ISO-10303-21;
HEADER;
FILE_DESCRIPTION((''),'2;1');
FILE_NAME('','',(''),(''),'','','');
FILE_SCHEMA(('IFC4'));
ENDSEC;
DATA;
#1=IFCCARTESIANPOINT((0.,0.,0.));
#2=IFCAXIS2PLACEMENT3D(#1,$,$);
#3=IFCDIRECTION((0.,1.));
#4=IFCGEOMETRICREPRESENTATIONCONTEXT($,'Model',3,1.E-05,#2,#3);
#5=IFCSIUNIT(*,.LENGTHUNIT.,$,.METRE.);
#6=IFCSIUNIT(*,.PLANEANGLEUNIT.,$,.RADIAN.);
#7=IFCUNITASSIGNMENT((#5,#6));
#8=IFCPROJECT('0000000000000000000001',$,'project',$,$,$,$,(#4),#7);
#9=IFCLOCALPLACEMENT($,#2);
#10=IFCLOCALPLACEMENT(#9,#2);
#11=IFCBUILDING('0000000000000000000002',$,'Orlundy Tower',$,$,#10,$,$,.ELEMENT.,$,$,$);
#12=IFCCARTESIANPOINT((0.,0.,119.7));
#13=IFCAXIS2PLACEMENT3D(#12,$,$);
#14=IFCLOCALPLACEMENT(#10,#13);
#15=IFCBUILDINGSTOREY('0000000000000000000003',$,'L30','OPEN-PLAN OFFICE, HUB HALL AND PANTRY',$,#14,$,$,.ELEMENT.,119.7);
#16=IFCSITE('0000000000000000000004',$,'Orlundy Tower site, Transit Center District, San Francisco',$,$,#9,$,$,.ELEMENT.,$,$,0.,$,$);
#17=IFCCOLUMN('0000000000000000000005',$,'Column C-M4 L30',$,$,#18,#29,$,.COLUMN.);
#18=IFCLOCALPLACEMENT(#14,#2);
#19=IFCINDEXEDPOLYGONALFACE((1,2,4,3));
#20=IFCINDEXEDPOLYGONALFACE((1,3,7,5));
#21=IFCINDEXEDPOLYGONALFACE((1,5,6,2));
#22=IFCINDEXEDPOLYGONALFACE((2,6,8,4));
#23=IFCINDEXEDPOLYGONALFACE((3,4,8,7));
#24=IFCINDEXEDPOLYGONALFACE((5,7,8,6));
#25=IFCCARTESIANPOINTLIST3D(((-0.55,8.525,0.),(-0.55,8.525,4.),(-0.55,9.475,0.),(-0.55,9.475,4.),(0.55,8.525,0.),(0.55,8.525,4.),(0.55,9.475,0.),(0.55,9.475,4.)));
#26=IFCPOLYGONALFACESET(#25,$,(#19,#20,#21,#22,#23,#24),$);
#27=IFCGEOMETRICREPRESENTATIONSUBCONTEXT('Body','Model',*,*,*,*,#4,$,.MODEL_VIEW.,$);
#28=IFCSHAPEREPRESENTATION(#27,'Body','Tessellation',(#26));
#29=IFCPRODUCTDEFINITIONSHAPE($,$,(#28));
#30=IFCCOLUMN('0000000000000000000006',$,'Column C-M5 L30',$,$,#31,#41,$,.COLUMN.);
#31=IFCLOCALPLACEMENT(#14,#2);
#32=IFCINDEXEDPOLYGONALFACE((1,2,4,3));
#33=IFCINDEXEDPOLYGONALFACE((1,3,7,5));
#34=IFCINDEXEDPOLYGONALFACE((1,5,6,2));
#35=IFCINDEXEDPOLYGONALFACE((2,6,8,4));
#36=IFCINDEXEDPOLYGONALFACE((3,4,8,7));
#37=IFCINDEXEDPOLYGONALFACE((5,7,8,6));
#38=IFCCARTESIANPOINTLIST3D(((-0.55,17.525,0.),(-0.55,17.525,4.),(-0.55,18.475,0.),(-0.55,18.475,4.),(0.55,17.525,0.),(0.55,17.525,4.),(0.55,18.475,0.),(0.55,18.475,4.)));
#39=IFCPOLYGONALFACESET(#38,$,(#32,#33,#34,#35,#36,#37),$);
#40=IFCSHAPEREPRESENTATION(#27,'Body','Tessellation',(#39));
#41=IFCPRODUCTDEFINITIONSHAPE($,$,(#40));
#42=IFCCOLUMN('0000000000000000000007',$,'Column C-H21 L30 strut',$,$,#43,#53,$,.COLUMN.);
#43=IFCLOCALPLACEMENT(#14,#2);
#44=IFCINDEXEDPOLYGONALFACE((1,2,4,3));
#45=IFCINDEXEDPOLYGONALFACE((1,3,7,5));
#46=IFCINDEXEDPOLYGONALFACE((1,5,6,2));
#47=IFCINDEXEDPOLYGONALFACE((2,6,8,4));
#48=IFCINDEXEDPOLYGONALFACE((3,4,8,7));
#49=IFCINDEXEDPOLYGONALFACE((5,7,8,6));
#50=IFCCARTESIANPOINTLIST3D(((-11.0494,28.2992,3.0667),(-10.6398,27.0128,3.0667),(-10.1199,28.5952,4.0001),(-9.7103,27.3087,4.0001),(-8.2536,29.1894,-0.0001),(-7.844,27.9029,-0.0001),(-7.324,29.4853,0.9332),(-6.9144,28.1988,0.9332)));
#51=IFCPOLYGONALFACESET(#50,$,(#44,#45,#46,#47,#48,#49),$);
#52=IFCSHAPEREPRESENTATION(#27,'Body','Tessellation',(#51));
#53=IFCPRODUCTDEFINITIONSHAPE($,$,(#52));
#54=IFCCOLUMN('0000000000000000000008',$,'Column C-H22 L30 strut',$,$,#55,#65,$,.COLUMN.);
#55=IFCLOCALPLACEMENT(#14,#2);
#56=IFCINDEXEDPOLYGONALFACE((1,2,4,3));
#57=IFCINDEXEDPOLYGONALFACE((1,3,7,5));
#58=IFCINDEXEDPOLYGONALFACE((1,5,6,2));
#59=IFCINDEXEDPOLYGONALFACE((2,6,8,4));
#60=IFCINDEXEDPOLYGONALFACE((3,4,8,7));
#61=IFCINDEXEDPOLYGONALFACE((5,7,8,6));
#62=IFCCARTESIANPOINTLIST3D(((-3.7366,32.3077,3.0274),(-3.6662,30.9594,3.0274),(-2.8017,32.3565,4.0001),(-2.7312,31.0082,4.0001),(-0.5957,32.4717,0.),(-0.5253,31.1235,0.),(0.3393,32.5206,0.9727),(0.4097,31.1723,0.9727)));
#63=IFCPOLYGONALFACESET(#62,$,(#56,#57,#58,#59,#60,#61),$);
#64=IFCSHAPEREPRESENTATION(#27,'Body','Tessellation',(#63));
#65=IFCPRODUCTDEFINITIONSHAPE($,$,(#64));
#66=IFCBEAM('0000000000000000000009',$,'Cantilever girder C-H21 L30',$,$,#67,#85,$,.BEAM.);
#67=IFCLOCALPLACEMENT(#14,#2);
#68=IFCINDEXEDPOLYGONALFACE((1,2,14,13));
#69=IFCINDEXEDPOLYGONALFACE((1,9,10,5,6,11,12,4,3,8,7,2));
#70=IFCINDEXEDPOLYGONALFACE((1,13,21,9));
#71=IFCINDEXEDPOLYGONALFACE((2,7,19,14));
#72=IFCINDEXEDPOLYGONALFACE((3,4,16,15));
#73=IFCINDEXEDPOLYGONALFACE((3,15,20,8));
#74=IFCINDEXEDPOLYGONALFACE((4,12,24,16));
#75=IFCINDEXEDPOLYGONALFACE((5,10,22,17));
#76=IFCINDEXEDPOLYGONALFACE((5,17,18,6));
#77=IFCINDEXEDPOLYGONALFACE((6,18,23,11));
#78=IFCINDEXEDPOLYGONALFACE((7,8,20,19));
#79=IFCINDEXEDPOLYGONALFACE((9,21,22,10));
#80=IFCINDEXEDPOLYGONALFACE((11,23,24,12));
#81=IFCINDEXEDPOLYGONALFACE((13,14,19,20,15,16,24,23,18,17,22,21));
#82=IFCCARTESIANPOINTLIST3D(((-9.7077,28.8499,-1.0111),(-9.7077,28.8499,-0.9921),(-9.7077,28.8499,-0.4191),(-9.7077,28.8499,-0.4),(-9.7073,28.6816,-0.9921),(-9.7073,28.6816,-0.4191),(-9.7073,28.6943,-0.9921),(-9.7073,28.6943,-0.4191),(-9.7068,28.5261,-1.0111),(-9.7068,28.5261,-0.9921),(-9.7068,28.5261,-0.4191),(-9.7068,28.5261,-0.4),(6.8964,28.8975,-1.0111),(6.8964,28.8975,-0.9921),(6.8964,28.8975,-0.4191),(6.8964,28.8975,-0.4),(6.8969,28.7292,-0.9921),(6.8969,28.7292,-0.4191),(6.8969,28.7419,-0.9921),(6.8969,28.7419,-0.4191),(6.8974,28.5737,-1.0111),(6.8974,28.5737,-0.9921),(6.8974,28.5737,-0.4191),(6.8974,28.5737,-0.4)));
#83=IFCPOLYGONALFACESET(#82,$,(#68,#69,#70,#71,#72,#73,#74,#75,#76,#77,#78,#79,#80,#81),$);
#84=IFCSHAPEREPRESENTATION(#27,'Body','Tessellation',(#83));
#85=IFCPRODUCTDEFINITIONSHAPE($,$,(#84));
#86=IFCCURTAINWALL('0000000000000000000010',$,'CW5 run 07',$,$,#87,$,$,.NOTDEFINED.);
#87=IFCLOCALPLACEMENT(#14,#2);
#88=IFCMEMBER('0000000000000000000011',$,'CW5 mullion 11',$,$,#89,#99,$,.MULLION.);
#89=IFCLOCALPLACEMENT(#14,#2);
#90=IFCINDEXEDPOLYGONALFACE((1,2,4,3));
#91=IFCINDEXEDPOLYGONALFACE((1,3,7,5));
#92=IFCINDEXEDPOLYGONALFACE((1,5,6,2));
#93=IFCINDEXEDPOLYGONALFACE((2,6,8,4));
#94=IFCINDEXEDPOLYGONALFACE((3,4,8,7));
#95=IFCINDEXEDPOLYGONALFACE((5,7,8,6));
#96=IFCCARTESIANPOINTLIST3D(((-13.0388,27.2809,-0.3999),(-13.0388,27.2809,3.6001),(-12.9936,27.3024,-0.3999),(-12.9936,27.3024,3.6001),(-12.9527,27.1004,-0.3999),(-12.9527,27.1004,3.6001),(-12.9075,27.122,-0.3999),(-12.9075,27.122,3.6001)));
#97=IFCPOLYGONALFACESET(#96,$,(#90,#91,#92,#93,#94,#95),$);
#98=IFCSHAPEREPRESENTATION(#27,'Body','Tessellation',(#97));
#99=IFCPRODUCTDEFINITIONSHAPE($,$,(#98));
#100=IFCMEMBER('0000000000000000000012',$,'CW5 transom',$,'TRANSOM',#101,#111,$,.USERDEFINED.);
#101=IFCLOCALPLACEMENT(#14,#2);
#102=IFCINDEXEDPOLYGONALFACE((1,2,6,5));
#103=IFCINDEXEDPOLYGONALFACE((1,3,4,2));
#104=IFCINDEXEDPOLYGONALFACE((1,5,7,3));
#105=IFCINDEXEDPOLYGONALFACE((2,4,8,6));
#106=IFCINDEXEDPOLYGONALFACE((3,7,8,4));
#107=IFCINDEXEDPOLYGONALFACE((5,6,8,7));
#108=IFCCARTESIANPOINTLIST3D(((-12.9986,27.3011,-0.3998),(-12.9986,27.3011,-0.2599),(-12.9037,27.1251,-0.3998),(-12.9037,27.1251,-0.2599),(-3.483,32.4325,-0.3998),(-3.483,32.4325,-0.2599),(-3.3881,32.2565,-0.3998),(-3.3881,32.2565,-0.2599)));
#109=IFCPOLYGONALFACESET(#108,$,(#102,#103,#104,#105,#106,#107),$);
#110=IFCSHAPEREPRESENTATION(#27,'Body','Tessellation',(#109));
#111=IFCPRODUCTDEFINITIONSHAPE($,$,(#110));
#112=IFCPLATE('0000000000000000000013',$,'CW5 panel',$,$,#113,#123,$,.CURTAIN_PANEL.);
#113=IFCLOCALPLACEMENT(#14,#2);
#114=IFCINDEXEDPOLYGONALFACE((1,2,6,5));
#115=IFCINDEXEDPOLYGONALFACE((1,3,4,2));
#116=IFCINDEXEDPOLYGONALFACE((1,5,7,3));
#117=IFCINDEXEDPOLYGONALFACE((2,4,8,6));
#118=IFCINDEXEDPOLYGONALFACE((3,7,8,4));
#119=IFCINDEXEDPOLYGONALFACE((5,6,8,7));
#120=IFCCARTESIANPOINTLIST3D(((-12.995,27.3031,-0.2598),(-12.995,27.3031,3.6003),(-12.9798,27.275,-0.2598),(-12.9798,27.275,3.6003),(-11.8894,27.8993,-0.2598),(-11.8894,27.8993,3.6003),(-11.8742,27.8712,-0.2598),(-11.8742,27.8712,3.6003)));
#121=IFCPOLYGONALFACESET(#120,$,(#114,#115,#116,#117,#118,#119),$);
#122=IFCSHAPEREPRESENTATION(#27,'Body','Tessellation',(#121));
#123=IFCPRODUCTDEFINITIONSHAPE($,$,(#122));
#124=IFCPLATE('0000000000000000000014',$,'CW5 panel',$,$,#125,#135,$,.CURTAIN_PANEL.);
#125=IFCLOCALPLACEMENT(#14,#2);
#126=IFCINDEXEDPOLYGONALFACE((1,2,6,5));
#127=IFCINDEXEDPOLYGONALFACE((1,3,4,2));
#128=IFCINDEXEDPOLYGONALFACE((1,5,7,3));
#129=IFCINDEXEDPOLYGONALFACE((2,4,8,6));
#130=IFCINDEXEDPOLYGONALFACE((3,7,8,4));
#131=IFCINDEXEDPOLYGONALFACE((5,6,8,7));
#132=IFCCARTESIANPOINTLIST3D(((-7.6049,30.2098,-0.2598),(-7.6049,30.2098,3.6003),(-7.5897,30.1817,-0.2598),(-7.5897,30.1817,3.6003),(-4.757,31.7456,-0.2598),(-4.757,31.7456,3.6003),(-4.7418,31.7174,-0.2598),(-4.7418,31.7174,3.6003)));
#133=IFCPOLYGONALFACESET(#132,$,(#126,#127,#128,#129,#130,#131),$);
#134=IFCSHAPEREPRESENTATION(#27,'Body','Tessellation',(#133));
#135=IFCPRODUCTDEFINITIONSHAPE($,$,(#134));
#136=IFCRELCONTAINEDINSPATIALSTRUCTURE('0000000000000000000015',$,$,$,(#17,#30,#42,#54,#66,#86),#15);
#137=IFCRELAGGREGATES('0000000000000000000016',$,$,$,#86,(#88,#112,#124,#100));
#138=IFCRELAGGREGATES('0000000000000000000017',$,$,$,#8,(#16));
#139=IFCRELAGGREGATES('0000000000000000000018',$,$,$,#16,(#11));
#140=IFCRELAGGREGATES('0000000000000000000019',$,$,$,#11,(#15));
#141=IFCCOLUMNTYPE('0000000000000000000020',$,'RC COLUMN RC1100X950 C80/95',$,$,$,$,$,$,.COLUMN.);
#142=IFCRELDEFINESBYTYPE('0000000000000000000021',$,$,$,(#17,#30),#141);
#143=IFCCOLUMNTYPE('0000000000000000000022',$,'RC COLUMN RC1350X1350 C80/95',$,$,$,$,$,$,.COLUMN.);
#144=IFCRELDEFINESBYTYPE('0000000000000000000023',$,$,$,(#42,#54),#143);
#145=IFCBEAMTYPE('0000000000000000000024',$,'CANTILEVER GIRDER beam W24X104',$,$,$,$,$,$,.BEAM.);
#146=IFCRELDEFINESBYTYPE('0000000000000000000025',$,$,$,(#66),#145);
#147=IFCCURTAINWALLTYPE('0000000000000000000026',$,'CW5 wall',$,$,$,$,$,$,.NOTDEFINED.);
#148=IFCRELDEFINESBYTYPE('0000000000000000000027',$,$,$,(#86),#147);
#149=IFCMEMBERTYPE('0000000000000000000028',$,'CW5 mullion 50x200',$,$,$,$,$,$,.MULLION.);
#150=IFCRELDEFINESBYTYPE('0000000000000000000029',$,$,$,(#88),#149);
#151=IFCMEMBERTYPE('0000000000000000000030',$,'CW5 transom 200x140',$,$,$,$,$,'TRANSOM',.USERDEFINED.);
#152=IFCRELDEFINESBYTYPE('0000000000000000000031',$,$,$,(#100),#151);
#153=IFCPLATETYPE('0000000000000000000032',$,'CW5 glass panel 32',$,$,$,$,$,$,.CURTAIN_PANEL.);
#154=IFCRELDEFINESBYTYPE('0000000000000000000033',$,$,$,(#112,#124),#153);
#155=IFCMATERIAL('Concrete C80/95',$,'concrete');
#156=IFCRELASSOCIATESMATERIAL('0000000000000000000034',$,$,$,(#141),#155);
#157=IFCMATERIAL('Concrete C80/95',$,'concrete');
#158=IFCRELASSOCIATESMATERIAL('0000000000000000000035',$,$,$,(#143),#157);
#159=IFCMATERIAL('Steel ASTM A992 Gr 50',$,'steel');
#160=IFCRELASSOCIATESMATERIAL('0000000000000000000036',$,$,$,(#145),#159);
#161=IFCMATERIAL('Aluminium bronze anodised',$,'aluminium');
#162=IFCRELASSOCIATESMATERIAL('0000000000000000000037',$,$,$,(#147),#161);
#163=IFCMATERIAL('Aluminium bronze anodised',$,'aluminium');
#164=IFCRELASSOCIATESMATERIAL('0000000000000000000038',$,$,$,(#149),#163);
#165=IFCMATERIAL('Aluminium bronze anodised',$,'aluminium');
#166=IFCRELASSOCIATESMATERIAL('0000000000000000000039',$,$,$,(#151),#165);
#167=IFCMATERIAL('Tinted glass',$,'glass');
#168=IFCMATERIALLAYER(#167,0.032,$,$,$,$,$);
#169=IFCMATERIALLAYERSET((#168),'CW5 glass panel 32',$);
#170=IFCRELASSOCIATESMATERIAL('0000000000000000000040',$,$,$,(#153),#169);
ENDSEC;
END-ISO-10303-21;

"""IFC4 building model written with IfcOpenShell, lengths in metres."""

from ifc_helpers import new_model, si_unit, direction, frame, origin, origin_2d, place, context, subcontext, project, spatial, rectangle, i_section, extrude, material, layer, layer_set, material_profile, profile_set, type_object, element, aggregate, save


model = new_model("IFC4")

# Units and contexts
model_context = context("Model", 3, precision=1e-05, world=origin(), true_north=direction((0.0, 1.0)))
body_context = subcontext(model_context, "Body", "Model", "MODEL_VIEW")
ifc_project = project(units=[si_unit("LENGTHUNIT", "METRE"), si_unit("PLANEANGLEUNIT", "RADIAN")], contexts=[model_context])

# Site, building, storey
site_placement = place(None, origin())
site = spatial("IfcSite", under=ifc_project, at=site_placement, Name="Orlundy Tower site, Transit Center District, San Francisco", CompositionType="ELEMENT", RefElevation=0.0)
building_placement = place(site_placement, origin())
building = spatial("IfcBuilding", under=site, at=building_placement, Name="Orlundy Tower", CompositionType="ELEMENT")
storey_placement = place(building_placement, frame((0.0, 0.0, 119.7)))
storey = spatial("IfcBuildingStorey", under=building, at=storey_placement, Name="L30", Description="OPEN-PLAN OFFICE, HUB HALL AND PANTRY", CompositionType="ELEMENT", Elevation=119.7)

# Columns
ifc_material_1 = material(Name="Concrete C80/95", Category="concrete")
ifc_material_profile_1 = material_profile(ifc_material_1, rectangle(XDim=1.1001, YDim=0.95, at=origin_2d()), Name="RC1100X950")
ifc_profile_set_1 = profile_set([ifc_material_profile_1], Name="Concrete C80/95")
column_type_1 = type_object("IfcColumnType", Name="RC COLUMN RC1100X950 C80/95", PredefinedType="COLUMN", material=ifc_profile_set_1)
for number, where, z_axis, x_axis, name in (
    (1, (0.0, 9.0, 0.0), (0.0, 0.0, 1.0), (1.0, 0.0, 0.0), "Column C-M4 L30"),
    (2, (0.0, 18.0, 0.0), (0.0, 0.0, 1.0), (1.0, 0.0, 0.0), "Column C-M5 L30"),
):
    element("IfcColumn", number, at=place(storey_placement, frame(where, z_axis=z_axis, x_axis=x_axis)), inside=storey, type_object=column_type_1, Name=name, PredefinedType="COLUMN", context=body_context, shape_type="SweptSolid", body=[
        extrude(rectangle(XDim=1.1001, YDim=0.95, at=origin_2d()), origin(), (0.0, 0.0, 1.0), 4.0),
    ])
ifc_material_2 = material(Name="Concrete C80/95", Category="concrete")
ifc_material_profile_2 = material_profile(ifc_material_2, rectangle(XDim=1.3501, YDim=1.3501, at=origin_2d()), Name="RC1350X1350")
ifc_profile_set_2 = profile_set([ifc_material_profile_2], Name="Concrete C80/95")
column_type_2 = type_object("IfcColumnType", Name="RC COLUMN RC1350X1350 C80/95", PredefinedType="COLUMN", material=ifc_profile_set_2)
column_1_placement = place(storey_placement, frame((-7.584, 28.6941, 0.4666), z_axis=(-0.658721, -0.209719, 0.722568), x_axis=(0.303369, -0.952873, 0.0)))
element("IfcColumn", 3, at=column_1_placement, inside=storey, type_object=column_type_2, Name="Column C-H21 L30 strut", PredefinedType="COLUMN", context=body_context, shape_type="SweptSolid", body=[
    extrude(rectangle(XDim=1.3501, YDim=1.3501, at=origin_2d()), origin(), (0.0, 0.0, 1.0), 4.2444),
])
column_2_placement = place(storey_placement, frame((-0.093, 31.822, 0.4863), z_axis=(-0.71949, -0.037582, 0.693485), x_axis=(0.052164, -0.998639, 0.0)))
element("IfcColumn", 4, at=column_2_placement, inside=storey, type_object=column_type_2, Name="Column C-H22 L30 strut", PredefinedType="COLUMN", context=body_context, shape_type="SweptSolid", body=[
    extrude(rectangle(XDim=1.3501, YDim=1.3501, at=origin_2d()), origin(), (0.0, 0.0, 1.0), 4.3655),
])

# Beam
ifc_material_3 = material(Name="Steel ASTM A992 Gr 50", Category="steel")
ifc_material_profile_3 = material_profile(ifc_material_3, i_section(OverallWidth=0.3237, OverallDepth=0.6111, WebThickness=0.0127, FlangeThickness=0.019, at=origin_2d()), Name="W24X104")
ifc_profile_set_3 = profile_set([ifc_material_profile_3], Name="Steel ASTM A992 Gr 50")
beam_type = type_object("IfcBeamType", Name="CANTILEVER GIRDER beam W24X104", PredefinedType="BEAM", material=ifc_profile_set_3)
beam_placement = place(storey_placement, frame((-9.7073, 28.688, -0.7056), z_axis=(0.999996, 0.002867, 0.0), x_axis=(-0.002867, 0.999996, 0.0)))
element("IfcBeam", 5, at=beam_placement, inside=storey, type_object=beam_type, Name="Cantilever girder C-H21 L30", PredefinedType="BEAM", context=body_context, shape_type="SweptSolid", body=[
    extrude(i_section(OverallWidth=0.3237, OverallDepth=0.6111, WebThickness=0.0127, FlangeThickness=0.019, at=origin_2d()), origin(), (0.0, 0.0, 1.0), 16.6042),
])

# Curtain wall, members, plates
ifc_material_4 = material(Name="Aluminium bronze anodised", Category="aluminium")
curtain_wall_type = type_object("IfcCurtainWallType", Name="CW5 wall", PredefinedType="NOTDEFINED", material=ifc_material_4)
curtain_wall_placement = place(storey_placement, origin())
curtain_wall = element("IfcCurtainWall", 6, at=curtain_wall_placement, inside=storey, type_object=curtain_wall_type, Name="CW5 run 07", PredefinedType="NOTDEFINED")
ifc_material_5 = material(Name="Aluminium bronze anodised", Category="aluminium")
ifc_material_profile_4 = material_profile(ifc_material_5, rectangle(XDim=0.2, YDim=0.05, at=origin_2d()), Name="CW5 mullion 50x200")
ifc_profile_set_4 = profile_set([ifc_material_profile_4], Name="Aluminium bronze anodised")
member_type_1 = type_object("IfcMemberType", Name="CW5 mullion 50x200", PredefinedType="MULLION", material=ifc_profile_set_4)
member_1_placement = place(storey_placement, frame((-12.9731, 27.2014, -0.3999), z_axis=(0.0, 0.0, 1.0), x_axis=(-0.430524, 0.902579, 0.0)))
member_1 = element("IfcMember", 7, at=member_1_placement, type_object=member_type_1, Name="CW5 mullion 11", PredefinedType="MULLION", context=body_context, shape_type="SweptSolid", body=[
    extrude(rectangle(XDim=0.2, YDim=0.05, at=origin_2d()), origin(), (0.0, 0.0, 1.0), 4.0),
])
ifc_material_6 = material(Name="Aluminium bronze anodised", Category="aluminium")
ifc_material_profile_5 = material_profile(ifc_material_6, rectangle(XDim=0.2, YDim=0.1399, at=origin_2d()), Name="CW5 transom 200x140")
ifc_profile_set_5 = profile_set([ifc_material_profile_5], Name="Aluminium bronze anodised")
member_type_2 = type_object("IfcMemberType", Name="CW5 transom 200x140", ElementType="TRANSOM", PredefinedType="USERDEFINED", material=ifc_profile_set_5)
member_2_placement = place(storey_placement, frame((-12.9512, 27.2131, -0.3298), z_axis=(0.880179, 0.474641, 0.0), x_axis=(-0.474641, 0.880179, 0.0)))
member_2 = element("IfcMember", 8, at=member_2_placement, type_object=member_type_2, Name="CW5 transom", ObjectType="TRANSOM", PredefinedType="USERDEFINED", context=body_context, shape_type="SweptSolid", body=[
    extrude(rectangle(XDim=0.2, YDim=0.1399, at=origin_2d()), origin(), (0.0, 0.0, 1.0), 10.811),
])
ifc_material_7 = material(Name="Tinted glass", Category="glass")
ifc_layer_1 = layer(ifc_material_7, 0.032)
ifc_layer_set_1 = layer_set([ifc_layer_1], Name="CW5 glass panel 32")
plate_type = type_object("IfcPlateType", Name="CW5 glass panel 32", PredefinedType="CURTAIN_PANEL", material=ifc_layer_set_1)
plate_1_placement = place(storey_placement, frame((-12.4346, 27.5872, -0.2598), z_axis=(0.0, 0.0, 1.0), x_axis=(0.88018, 0.474639, 0.0)))
plate_1 = element("IfcPlate", 9, at=plate_1_placement, type_object=plate_type, Name="CW5 panel", PredefinedType="CURTAIN_PANEL", context=body_context, shape_type="SweptSolid", body=[
    extrude(rectangle(XDim=1.2561, YDim=0.032, at=origin_2d()), origin(), (0.0, 0.0, 1.0), 3.8601),
])
plate_2_placement = place(storey_placement, frame((-6.1733, 30.9636, -0.2598), z_axis=(0.0, 0.0, 1.0), x_axis=(0.88018, 0.474639, 0.0)))
plate_2 = element("IfcPlate", 10, at=plate_2_placement, type_object=plate_type, Name="CW5 panel", PredefinedType="CURTAIN_PANEL", context=body_context, shape_type="SweptSolid", body=[
    extrude(rectangle(XDim=3.2356, YDim=0.032, at=origin_2d()), origin(), (0.0, 0.0, 1.0), 3.8601),
])
aggregate(curtain_wall, [member_1, plate_1, plate_2, member_2])

save(model, "model.ifc")
